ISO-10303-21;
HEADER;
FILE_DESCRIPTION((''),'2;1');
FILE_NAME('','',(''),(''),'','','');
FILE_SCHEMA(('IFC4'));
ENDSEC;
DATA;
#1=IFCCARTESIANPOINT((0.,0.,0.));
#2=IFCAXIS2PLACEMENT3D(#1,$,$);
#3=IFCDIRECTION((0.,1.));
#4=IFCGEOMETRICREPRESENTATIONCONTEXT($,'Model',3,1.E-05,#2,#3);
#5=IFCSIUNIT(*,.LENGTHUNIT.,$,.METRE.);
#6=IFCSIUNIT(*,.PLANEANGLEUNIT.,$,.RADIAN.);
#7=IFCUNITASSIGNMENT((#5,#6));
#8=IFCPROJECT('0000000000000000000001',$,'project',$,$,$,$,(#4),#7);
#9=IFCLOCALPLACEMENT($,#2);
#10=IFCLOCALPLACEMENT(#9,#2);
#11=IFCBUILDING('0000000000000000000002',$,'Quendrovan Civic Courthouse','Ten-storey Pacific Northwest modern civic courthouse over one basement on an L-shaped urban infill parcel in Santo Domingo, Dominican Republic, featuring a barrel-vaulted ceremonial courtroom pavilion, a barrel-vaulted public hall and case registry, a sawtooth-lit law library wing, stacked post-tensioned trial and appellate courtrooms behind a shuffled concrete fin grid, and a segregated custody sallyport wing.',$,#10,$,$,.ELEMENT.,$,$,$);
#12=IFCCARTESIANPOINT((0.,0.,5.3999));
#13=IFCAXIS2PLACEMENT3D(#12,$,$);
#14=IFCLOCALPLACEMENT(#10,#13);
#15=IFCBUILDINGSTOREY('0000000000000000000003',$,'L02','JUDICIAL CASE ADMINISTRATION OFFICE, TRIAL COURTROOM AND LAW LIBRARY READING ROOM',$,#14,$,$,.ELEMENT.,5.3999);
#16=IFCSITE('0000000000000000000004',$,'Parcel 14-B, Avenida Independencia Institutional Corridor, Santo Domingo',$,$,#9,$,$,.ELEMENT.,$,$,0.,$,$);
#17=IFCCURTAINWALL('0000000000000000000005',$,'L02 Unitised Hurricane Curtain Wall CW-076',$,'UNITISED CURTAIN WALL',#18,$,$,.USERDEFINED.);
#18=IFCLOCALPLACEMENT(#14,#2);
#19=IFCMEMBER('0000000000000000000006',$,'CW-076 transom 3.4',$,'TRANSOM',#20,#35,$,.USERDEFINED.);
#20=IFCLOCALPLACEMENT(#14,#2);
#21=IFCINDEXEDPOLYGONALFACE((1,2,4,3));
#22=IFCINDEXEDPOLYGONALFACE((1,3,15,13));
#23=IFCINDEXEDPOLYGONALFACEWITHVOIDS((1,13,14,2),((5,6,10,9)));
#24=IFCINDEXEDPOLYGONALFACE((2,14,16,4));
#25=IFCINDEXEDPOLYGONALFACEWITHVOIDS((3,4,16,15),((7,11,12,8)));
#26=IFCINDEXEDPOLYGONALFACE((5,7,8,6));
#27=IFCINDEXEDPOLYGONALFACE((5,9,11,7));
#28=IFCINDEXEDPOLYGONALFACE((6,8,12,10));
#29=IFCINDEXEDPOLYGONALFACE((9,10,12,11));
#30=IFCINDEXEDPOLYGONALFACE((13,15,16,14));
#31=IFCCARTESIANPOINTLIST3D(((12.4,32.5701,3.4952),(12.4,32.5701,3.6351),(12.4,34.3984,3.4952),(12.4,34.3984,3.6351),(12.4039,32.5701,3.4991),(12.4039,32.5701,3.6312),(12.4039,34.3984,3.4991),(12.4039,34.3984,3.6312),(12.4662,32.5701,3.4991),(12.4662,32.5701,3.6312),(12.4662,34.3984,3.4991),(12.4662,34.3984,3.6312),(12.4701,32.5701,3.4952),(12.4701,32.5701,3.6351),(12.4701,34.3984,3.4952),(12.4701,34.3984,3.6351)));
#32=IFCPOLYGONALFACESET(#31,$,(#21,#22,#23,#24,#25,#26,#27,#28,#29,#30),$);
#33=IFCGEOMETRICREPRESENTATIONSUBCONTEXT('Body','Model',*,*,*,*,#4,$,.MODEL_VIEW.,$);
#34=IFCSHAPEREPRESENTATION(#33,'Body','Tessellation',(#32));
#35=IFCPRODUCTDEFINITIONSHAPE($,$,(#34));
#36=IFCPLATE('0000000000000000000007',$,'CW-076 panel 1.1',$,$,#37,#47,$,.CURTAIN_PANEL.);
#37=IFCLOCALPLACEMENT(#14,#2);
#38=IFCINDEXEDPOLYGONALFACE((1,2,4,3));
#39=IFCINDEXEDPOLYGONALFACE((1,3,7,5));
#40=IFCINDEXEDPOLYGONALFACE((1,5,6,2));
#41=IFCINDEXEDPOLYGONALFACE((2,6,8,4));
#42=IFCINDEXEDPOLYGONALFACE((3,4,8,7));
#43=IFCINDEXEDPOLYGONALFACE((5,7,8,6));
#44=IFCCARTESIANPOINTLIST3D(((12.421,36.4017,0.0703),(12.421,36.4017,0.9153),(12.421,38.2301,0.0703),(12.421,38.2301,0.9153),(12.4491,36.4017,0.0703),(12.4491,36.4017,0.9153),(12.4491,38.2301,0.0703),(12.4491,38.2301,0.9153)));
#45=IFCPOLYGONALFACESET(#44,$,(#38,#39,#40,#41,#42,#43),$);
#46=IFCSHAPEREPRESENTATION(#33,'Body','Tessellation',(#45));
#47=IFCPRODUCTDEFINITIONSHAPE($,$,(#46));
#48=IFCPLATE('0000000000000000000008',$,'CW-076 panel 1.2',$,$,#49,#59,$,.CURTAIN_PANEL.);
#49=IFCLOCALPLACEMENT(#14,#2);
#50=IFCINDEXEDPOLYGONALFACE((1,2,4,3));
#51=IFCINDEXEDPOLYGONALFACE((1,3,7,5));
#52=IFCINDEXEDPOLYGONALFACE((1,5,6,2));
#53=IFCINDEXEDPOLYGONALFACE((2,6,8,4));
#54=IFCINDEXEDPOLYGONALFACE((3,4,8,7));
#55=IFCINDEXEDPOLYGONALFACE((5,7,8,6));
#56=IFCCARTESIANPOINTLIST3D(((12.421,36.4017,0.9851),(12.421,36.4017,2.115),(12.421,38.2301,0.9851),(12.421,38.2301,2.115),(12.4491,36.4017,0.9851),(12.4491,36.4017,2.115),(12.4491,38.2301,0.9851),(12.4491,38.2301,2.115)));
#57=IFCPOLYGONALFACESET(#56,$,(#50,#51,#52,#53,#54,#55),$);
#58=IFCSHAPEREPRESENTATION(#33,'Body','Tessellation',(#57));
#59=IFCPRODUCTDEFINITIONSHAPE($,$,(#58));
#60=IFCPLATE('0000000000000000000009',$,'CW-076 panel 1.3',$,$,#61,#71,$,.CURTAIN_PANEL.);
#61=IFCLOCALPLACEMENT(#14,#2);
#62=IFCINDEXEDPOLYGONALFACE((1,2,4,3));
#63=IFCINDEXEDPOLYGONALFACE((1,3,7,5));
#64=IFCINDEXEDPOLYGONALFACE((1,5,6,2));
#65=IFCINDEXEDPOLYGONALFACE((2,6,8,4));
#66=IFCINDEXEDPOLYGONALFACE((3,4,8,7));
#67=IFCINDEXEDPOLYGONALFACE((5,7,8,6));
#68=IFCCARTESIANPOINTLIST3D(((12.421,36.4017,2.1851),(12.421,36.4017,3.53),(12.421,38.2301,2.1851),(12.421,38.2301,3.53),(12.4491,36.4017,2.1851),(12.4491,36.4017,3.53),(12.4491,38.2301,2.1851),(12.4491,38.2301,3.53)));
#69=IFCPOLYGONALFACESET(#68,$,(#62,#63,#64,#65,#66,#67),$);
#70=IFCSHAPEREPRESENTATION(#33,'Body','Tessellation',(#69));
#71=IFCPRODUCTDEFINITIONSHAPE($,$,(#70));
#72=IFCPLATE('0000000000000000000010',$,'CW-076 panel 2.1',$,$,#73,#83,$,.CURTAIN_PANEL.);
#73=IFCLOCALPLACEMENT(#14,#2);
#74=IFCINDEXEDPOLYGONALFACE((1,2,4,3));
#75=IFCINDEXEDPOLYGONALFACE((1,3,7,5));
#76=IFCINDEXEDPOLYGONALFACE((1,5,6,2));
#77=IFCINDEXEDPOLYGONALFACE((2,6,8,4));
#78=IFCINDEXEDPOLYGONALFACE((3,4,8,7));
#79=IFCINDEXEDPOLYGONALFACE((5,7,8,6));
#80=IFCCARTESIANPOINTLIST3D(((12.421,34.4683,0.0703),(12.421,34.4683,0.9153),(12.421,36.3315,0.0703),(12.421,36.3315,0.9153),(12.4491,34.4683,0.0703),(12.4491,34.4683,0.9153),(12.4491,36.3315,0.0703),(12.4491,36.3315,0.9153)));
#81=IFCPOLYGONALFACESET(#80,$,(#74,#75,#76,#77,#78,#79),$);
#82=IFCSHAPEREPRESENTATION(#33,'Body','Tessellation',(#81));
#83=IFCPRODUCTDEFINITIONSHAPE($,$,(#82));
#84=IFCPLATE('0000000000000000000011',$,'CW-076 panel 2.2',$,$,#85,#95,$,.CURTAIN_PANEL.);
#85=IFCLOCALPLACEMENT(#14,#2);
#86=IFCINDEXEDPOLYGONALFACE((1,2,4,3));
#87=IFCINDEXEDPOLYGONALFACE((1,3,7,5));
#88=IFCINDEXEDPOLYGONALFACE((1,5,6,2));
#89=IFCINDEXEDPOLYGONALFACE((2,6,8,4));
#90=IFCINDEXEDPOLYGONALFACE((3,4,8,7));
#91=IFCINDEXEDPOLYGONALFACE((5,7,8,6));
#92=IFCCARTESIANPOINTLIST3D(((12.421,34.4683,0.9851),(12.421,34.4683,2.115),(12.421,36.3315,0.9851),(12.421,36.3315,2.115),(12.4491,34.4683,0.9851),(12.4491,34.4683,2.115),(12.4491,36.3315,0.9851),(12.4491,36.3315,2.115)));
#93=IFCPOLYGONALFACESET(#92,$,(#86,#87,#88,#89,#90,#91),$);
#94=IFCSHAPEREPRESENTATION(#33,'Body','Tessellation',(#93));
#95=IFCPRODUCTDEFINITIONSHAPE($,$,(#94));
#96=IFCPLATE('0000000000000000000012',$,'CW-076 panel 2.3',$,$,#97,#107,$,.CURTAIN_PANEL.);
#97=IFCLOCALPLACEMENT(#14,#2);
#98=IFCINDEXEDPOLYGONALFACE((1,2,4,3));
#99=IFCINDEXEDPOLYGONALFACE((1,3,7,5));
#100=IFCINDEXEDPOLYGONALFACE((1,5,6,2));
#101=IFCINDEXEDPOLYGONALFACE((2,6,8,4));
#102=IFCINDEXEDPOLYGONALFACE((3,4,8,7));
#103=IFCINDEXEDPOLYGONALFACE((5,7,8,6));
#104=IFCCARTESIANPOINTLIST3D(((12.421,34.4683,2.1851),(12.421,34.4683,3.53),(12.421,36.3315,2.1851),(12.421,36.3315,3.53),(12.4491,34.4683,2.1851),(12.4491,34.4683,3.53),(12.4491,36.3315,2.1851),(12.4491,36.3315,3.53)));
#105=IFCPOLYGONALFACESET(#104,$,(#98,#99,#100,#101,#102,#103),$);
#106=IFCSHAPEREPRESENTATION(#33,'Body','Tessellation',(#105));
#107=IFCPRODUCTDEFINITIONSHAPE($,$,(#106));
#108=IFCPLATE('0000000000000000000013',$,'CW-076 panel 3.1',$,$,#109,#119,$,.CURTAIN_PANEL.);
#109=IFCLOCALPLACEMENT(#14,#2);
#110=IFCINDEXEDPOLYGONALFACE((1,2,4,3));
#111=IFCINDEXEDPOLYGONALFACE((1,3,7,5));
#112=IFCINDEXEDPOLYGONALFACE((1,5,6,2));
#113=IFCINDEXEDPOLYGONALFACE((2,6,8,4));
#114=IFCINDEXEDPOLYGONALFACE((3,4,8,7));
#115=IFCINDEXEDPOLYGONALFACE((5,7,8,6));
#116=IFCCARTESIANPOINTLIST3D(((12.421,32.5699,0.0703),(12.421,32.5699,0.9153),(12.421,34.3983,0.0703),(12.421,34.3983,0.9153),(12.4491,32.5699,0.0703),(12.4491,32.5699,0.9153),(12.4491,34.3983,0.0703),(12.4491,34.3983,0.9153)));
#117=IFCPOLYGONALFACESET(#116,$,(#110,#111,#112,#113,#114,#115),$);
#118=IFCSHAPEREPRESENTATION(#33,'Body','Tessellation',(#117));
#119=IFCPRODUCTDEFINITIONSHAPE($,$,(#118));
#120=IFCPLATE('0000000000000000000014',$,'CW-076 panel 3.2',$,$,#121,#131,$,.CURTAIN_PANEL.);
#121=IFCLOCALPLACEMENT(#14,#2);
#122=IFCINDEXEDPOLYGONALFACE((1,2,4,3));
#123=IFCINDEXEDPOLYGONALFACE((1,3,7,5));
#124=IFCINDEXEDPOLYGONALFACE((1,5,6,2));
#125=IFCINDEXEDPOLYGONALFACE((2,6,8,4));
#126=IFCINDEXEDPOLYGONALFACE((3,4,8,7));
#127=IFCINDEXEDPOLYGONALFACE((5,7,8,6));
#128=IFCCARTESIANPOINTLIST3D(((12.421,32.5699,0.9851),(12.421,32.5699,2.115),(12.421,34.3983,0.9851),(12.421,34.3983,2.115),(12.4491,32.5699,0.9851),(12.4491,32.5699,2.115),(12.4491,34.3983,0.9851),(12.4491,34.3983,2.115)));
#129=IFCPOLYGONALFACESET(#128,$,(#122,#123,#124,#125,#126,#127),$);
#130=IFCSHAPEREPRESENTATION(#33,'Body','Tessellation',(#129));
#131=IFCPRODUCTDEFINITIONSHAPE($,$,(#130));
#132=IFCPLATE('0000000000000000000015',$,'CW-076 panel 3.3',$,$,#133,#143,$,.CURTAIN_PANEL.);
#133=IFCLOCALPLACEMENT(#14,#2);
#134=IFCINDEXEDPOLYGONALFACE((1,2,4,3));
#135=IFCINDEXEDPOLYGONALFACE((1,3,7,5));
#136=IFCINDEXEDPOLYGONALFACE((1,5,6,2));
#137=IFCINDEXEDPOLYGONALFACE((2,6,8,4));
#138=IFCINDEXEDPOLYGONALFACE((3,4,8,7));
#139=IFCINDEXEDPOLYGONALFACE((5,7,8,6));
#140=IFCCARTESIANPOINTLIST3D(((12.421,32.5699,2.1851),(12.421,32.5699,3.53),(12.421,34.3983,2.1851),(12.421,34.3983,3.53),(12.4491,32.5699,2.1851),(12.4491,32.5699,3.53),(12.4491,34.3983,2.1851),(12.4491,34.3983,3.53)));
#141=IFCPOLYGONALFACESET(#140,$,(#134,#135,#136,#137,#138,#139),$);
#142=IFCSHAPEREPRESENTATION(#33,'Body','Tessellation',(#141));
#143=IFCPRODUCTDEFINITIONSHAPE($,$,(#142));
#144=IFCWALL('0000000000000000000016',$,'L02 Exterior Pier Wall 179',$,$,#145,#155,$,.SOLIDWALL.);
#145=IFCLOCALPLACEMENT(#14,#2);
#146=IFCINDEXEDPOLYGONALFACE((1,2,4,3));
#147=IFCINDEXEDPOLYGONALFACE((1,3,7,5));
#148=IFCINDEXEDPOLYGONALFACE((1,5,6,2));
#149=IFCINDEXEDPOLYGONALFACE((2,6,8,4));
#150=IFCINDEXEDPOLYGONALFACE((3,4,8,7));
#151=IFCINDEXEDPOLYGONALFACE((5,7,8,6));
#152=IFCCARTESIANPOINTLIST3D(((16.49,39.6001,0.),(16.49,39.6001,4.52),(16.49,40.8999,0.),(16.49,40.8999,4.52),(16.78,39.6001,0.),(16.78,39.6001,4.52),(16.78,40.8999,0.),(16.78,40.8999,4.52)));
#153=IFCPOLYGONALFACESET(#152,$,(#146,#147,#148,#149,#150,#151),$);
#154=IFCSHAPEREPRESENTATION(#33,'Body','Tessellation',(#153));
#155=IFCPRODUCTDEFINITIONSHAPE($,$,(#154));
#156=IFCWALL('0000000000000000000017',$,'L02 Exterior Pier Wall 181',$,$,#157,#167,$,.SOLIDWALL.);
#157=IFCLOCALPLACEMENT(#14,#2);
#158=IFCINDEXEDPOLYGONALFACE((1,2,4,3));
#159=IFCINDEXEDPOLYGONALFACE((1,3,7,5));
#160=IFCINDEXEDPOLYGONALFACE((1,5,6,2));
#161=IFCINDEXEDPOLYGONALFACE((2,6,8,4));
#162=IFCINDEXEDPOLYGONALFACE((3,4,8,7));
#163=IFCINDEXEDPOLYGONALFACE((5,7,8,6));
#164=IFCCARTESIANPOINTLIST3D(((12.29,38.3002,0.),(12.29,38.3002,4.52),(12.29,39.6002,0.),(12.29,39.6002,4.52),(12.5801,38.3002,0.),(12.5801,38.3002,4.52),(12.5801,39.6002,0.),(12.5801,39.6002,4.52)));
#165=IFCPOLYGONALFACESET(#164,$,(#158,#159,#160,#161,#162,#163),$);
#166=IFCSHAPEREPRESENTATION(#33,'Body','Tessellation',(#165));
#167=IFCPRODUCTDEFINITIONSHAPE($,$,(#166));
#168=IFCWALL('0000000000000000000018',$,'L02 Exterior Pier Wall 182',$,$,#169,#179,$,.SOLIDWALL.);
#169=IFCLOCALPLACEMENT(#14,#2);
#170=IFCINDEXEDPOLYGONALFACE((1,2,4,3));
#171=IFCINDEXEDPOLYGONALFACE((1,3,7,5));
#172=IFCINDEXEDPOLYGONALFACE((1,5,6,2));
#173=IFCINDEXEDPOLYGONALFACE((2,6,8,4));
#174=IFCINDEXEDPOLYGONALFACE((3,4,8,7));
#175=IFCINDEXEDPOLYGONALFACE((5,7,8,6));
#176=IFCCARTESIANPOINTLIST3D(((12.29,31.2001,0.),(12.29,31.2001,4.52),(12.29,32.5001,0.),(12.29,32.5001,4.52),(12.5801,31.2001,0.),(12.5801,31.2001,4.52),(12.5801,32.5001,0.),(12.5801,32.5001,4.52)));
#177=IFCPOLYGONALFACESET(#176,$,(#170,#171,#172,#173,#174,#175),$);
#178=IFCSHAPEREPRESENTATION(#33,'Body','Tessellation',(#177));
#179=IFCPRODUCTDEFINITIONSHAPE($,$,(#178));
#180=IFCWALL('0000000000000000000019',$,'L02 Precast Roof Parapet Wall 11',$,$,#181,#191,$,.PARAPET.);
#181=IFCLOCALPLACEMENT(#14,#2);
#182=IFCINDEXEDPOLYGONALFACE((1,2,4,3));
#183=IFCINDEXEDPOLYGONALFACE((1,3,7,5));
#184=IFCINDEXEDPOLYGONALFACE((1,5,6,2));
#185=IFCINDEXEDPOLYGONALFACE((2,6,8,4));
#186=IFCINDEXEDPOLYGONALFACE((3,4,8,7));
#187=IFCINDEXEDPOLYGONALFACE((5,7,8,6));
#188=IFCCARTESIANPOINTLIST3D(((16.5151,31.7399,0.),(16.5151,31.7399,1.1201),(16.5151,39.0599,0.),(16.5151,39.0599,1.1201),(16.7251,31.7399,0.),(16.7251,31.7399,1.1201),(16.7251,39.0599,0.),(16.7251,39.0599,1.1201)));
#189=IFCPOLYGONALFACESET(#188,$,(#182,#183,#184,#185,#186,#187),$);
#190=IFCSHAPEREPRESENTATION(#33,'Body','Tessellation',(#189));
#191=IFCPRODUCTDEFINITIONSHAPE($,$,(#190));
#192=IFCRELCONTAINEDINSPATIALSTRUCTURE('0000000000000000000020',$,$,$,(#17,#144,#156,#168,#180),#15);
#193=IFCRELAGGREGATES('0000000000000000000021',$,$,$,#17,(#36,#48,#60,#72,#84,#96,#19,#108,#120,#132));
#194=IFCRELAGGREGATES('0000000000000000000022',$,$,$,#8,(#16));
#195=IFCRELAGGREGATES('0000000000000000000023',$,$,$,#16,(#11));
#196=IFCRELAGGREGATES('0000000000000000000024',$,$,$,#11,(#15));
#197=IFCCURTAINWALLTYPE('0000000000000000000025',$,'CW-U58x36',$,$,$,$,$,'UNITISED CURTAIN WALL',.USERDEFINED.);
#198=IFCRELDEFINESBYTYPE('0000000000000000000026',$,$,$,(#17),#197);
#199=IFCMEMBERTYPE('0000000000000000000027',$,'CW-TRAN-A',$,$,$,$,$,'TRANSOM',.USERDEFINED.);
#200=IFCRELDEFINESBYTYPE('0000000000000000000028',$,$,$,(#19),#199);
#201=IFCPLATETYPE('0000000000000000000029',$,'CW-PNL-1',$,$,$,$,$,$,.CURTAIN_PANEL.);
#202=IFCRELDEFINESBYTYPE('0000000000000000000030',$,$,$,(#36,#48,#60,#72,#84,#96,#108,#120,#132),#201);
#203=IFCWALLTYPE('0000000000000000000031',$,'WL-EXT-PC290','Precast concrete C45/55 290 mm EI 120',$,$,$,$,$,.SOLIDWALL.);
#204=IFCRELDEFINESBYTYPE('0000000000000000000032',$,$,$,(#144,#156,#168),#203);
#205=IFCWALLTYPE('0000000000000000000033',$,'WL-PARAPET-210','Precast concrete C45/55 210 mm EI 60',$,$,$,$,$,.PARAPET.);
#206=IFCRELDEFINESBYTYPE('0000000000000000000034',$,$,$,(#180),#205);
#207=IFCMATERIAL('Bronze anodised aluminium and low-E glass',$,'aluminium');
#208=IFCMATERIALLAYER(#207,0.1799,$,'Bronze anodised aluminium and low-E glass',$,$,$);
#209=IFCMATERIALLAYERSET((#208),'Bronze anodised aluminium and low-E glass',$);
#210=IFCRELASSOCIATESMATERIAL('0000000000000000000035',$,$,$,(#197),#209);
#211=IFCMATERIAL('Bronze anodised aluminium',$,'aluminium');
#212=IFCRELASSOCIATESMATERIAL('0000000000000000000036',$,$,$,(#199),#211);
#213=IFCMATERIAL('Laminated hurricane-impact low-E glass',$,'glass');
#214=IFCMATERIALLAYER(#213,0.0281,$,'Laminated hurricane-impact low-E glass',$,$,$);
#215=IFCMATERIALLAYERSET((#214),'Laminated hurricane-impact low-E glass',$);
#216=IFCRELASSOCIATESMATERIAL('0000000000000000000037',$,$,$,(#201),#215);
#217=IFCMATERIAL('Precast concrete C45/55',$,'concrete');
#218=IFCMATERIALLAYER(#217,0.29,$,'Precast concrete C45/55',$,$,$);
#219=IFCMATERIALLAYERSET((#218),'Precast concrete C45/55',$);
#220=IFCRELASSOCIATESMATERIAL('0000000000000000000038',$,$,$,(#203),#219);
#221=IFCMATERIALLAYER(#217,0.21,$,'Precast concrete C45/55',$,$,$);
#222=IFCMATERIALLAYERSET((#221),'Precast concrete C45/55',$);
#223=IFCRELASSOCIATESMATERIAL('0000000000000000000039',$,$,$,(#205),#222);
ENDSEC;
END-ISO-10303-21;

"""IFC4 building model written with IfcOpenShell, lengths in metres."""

from ifc_helpers import new_model, si_unit, direction, frame, frame_2d, origin, origin_2d, place, context, subcontext, project, spatial, rectangle, hollow_rectangle, extrude, material, layer, layer_set, material_profile, profile_set, type_object, element, aggregate, save


model = new_model("IFC4")

# Units and contexts
model_context = context("Model", 3, precision=1e-05, world=origin(), true_north=direction((0.0, 1.0)))
body_context = subcontext(model_context, "Body", "Model", "MODEL_VIEW")
ifc_project = project(units=[si_unit("LENGTHUNIT", "METRE"), si_unit("PLANEANGLEUNIT", "RADIAN")], contexts=[model_context])

# Site, building, storey
site_placement = place(None, origin())
site = spatial("IfcSite", under=ifc_project, at=site_placement, Name="Parcel 14-B, Avenida Independencia Institutional Corridor, Santo Domingo", CompositionType="ELEMENT", RefElevation=0.0)
building_placement = place(site_placement, origin())
building = spatial("IfcBuilding", under=site, at=building_placement, Name="Quendrovan Civic Courthouse", Description="Ten-storey Pacific Northwest modern civic courthouse over one basement on an L-shaped urban infill parcel in Santo Domingo, Dominican Republic, featuring a barrel-vaulted ceremonial courtroom pavilion, a barrel-vaulted public hall and case registry, a sawtooth-lit law library wing, stacked post-tensioned trial and appellate courtrooms behind a shuffled concrete fin grid, and a segregated custody sallyport wing.", CompositionType="ELEMENT")
storey_placement = place(building_placement, frame((0.0, 0.0, 5.3999)))
storey = spatial("IfcBuildingStorey", under=building, at=storey_placement, Name="L02", Description="JUDICIAL CASE ADMINISTRATION OFFICE, TRIAL COURTROOM AND LAW LIBRARY READING ROOM", CompositionType="ELEMENT", Elevation=5.3999)

# Curtain wall
ifc_material_1 = material(Name="Bronze anodised aluminium and low-E glass", Category="aluminium")
ifc_layer_1 = layer(ifc_material_1, 0.1799, Name="Bronze anodised aluminium and low-E glass")
ifc_layer_set_1 = layer_set([ifc_layer_1], Name="Bronze anodised aluminium and low-E glass")
curtain_wall_type_1 = type_object("IfcCurtainWallType", Name="CW-U58x36", ElementType="UNITISED CURTAIN WALL", PredefinedType="USERDEFINED", material=ifc_layer_set_1)
curtain_wall_1_placement = place(storey_placement, origin())
curtain_wall_1 = element("IfcCurtainWall", 1, at=curtain_wall_1_placement, inside=storey, type_object=curtain_wall_type_1, Name="L02 Unitised Hurricane Curtain Wall CW-076", ObjectType="UNITISED CURTAIN WALL", PredefinedType="USERDEFINED")
ifc_material_2 = material(Name="Bronze anodised aluminium", Category="aluminium")

# Member
ifc_material_profile_1 = material_profile(ifc_material_2, hollow_rectangle(XDim=0.0701, YDim=0.1399, WallThickness=0.0039, at=origin_2d()), Name="CW-TRAN-70x140")
ifc_profile_set_1 = profile_set([ifc_material_profile_1], Name="Bronze anodised aluminium")
member_type_1 = type_object("IfcMemberType", Name="CW-TRAN-A", ElementType="TRANSOM", PredefinedType="USERDEFINED", material=ifc_profile_set_1)
member_1_placement = place(storey_placement, frame((12.4351, 34.3984, 3.5652), z_axis=(0.0, -1.0, 0.0), x_axis=(1.0, 0.0, 0.0)))
member_1 = element("IfcMember", 2, at=member_1_placement, type_object=member_type_1, Name="CW-076 transom 3.4", ObjectType="TRANSOM", PredefinedType="USERDEFINED", context=body_context, shape_type="SweptSolid", body=[
    extrude(hollow_rectangle(XDim=0.0701, YDim=0.1399, WallThickness=0.0039, at=origin_2d()), origin(), (0.0, 0.0, 1.0), 1.8284),
])

# Plates
ifc_material_3 = material(Name="Laminated hurricane-impact low-E glass", Category="glass")
ifc_layer_2 = layer(ifc_material_3, 0.0281, Name="Laminated hurricane-impact low-E glass")
ifc_layer_set_2 = layer_set([ifc_layer_2], Name="Laminated hurricane-impact low-E glass")
plate_type = type_object("IfcPlateType", Name="CW-PNL-1", PredefinedType="CURTAIN_PANEL", material=ifc_layer_set_2)
plate_1_placement = place(storey_placement, frame((12.4351, 37.3159, 0.0703), z_axis=(0.0, 0.0, 1.0), x_axis=(0.0, -1.0, 0.0)))
plate_1 = element("IfcPlate", 3, at=plate_1_placement, type_object=plate_type, Name="CW-076 panel 1.1", PredefinedType="CURTAIN_PANEL", context=body_context, shape_type="SweptSolid", body=[
    extrude(rectangle(XDim=1.8284, YDim=0.0281, at=origin_2d()), origin(), (0.0, 0.0, 1.0), 0.845),
])
plate_2_placement = place(storey_placement, frame((12.4351, 37.3159, 0.9851), z_axis=(0.0, 0.0, 1.0), x_axis=(0.0, -1.0, 0.0)))
plate_2 = element("IfcPlate", 4, at=plate_2_placement, type_object=plate_type, Name="CW-076 panel 1.2", PredefinedType="CURTAIN_PANEL", context=body_context, shape_type="SweptSolid", body=[
    extrude(rectangle(XDim=1.8284, YDim=0.0281, at=origin_2d()), origin(), (0.0, 0.0, 1.0), 1.1299),
])
plate_3_placement = place(storey_placement, frame((12.4351, 37.3159, 2.1851), z_axis=(0.0, 0.0, 1.0), x_axis=(0.0, -1.0, 0.0)))
plate_3 = element("IfcPlate", 5, at=plate_3_placement, type_object=plate_type, Name="CW-076 panel 1.3", PredefinedType="CURTAIN_PANEL", context=body_context, shape_type="SweptSolid", body=[
    extrude(rectangle(XDim=1.8284, YDim=0.0281, at=origin_2d()), origin(), (0.0, 0.0, 1.0), 1.345),
])
plate_4_placement = place(storey_placement, frame((12.4351, 35.3999, 0.0703), z_axis=(0.0, 0.0, 1.0), x_axis=(0.0, -1.0, 0.0)))
plate_4 = element("IfcPlate", 6, at=plate_4_placement, type_object=plate_type, Name="CW-076 panel 2.1", PredefinedType="CURTAIN_PANEL", context=body_context, shape_type="SweptSolid", body=[
    extrude(rectangle(XDim=1.8633, YDim=0.0281, at=origin_2d()), origin(), (0.0, 0.0, 1.0), 0.845),
])
plate_5_placement = place(storey_placement, frame((12.4351, 35.3999, 0.9851), z_axis=(0.0, 0.0, 1.0), x_axis=(0.0, -1.0, 0.0)))
plate_5 = element("IfcPlate", 7, at=plate_5_placement, type_object=plate_type, Name="CW-076 panel 2.2", PredefinedType="CURTAIN_PANEL", context=body_context, shape_type="SweptSolid", body=[
    extrude(rectangle(XDim=1.8633, YDim=0.0281, at=origin_2d()), origin(), (0.0, 0.0, 1.0), 1.1299),
])
plate_6_placement = place(storey_placement, frame((12.4351, 35.3999, 2.1851), z_axis=(0.0, 0.0, 1.0), x_axis=(0.0, -1.0, 0.0)))
plate_6 = element("IfcPlate", 8, at=plate_6_placement, type_object=plate_type, Name="CW-076 panel 2.3", PredefinedType="CURTAIN_PANEL", context=body_context, shape_type="SweptSolid", body=[
    extrude(rectangle(XDim=1.8633, YDim=0.0281, at=origin_2d()), origin(), (0.0, 0.0, 1.0), 1.345),
])
plate_7_placement = place(storey_placement, frame((12.4351, 33.4841, 0.0703), z_axis=(0.0, 0.0, 1.0), x_axis=(0.0, -1.0, 0.0)))
plate_7 = element("IfcPlate", 9, at=plate_7_placement, type_object=plate_type, Name="CW-076 panel 3.1", PredefinedType="CURTAIN_PANEL", context=body_context, shape_type="SweptSolid", body=[
    extrude(rectangle(XDim=1.8284, YDim=0.0281, at=origin_2d()), origin(), (0.0, 0.0, 1.0), 0.845),
])
plate_8_placement = place(storey_placement, frame((12.4351, 33.4841, 0.9851), z_axis=(0.0, 0.0, 1.0), x_axis=(0.0, -1.0, 0.0)))
plate_8 = element("IfcPlate", 10, at=plate_8_placement, type_object=plate_type, Name="CW-076 panel 3.2", PredefinedType="CURTAIN_PANEL", context=body_context, shape_type="SweptSolid", body=[
    extrude(rectangle(XDim=1.8284, YDim=0.0281, at=origin_2d()), origin(), (0.0, 0.0, 1.0), 1.1299),
])
plate_9_placement = place(storey_placement, frame((12.4351, 33.4841, 2.1851), z_axis=(0.0, 0.0, 1.0), x_axis=(0.0, -1.0, 0.0)))
plate_9 = element("IfcPlate", 11, at=plate_9_placement, type_object=plate_type, Name="CW-076 panel 3.3", PredefinedType="CURTAIN_PANEL", context=body_context, shape_type="SweptSolid", body=[
    extrude(rectangle(XDim=1.8284, YDim=0.0281, at=origin_2d()), origin(), (0.0, 0.0, 1.0), 1.345),
])
aggregate(curtain_wall_1, [plate_1, plate_2, plate_3, plate_4, plate_5, plate_6, member_1, plate_7, plate_8, plate_9])

# Walls
ifc_material_4 = material(Name="Precast concrete C45/55", Category="concrete")
ifc_layer_3 = layer(ifc_material_4, 0.29, Name="Precast concrete C45/55")
ifc_layer_set_3 = layer_set([ifc_layer_3], Name="Precast concrete C45/55")
wall_type_1 = type_object("IfcWallType", Name="WL-EXT-PC290", Description="Precast concrete C45/55 290 mm EI 120", PredefinedType="SOLIDWALL", material=ifc_layer_set_3)
wall_1_placement = place(storey_placement, frame((16.635, 40.8999, 0.0), z_axis=(0.0, 0.0, 1.0), x_axis=(0.0, -1.0, 0.0)))
element("IfcWall", 12, at=wall_1_placement, inside=storey, type_object=wall_type_1, Name="L02 Exterior Pier Wall 179", PredefinedType="SOLIDWALL", context=body_context, shape_type="SweptSolid", body=[
    extrude(rectangle(XDim=1.2998, YDim=0.29, at=frame_2d((0.6499, 0.0))), origin(), (0.0, 0.0, 1.0), 4.52),
])
for number, where, z_axis, x_axis, name in (
    (13, (12.4351, 39.6001, 0.0), (0.0, 0.0, 1.0), (0.0, -1.0, 0.0), "L02 Exterior Pier Wall 181"),
    (14, (12.4351, 32.5, 0.0), (0.0, 0.0, 1.0), (0.0, -1.0, 0.0), "L02 Exterior Pier Wall 182"),
):
    element("IfcWall", number, at=place(storey_placement, frame(where, z_axis=z_axis, x_axis=x_axis)), inside=storey, type_object=wall_type_1, Name=name, PredefinedType="SOLIDWALL", context=body_context, shape_type="SweptSolid", body=[
        extrude(rectangle(XDim=1.3, YDim=0.29, at=frame_2d((0.6499, 0.0))), origin(), (0.0, 0.0, 1.0), 4.52),
    ])
ifc_layer_4 = layer(ifc_material_4, 0.21, Name="Precast concrete C45/55")
ifc_layer_set_4 = layer_set([ifc_layer_4], Name="Precast concrete C45/55")
wall_type_2 = type_object("IfcWallType", Name="WL-PARAPET-210", Description="Precast concrete C45/55 210 mm EI 60", PredefinedType="PARAPET", material=ifc_layer_set_4)
wall_2_placement = place(storey_placement, frame((16.6201, 39.0601, 0.0), z_axis=(0.0, 0.0, 1.0), x_axis=(0.0, -1.0, 0.0)))
element("IfcWall", 15, at=wall_2_placement, inside=storey, type_object=wall_type_2, Name="L02 Precast Roof Parapet Wall 11", PredefinedType="PARAPET", context=body_context, shape_type="SweptSolid", body=[
    extrude(rectangle(XDim=7.3201, YDim=0.21, at=frame_2d((3.6602, 0.0))), origin(), (0.0, 0.0, 1.0), 1.1201),
])

save(model, "model.ifc")
